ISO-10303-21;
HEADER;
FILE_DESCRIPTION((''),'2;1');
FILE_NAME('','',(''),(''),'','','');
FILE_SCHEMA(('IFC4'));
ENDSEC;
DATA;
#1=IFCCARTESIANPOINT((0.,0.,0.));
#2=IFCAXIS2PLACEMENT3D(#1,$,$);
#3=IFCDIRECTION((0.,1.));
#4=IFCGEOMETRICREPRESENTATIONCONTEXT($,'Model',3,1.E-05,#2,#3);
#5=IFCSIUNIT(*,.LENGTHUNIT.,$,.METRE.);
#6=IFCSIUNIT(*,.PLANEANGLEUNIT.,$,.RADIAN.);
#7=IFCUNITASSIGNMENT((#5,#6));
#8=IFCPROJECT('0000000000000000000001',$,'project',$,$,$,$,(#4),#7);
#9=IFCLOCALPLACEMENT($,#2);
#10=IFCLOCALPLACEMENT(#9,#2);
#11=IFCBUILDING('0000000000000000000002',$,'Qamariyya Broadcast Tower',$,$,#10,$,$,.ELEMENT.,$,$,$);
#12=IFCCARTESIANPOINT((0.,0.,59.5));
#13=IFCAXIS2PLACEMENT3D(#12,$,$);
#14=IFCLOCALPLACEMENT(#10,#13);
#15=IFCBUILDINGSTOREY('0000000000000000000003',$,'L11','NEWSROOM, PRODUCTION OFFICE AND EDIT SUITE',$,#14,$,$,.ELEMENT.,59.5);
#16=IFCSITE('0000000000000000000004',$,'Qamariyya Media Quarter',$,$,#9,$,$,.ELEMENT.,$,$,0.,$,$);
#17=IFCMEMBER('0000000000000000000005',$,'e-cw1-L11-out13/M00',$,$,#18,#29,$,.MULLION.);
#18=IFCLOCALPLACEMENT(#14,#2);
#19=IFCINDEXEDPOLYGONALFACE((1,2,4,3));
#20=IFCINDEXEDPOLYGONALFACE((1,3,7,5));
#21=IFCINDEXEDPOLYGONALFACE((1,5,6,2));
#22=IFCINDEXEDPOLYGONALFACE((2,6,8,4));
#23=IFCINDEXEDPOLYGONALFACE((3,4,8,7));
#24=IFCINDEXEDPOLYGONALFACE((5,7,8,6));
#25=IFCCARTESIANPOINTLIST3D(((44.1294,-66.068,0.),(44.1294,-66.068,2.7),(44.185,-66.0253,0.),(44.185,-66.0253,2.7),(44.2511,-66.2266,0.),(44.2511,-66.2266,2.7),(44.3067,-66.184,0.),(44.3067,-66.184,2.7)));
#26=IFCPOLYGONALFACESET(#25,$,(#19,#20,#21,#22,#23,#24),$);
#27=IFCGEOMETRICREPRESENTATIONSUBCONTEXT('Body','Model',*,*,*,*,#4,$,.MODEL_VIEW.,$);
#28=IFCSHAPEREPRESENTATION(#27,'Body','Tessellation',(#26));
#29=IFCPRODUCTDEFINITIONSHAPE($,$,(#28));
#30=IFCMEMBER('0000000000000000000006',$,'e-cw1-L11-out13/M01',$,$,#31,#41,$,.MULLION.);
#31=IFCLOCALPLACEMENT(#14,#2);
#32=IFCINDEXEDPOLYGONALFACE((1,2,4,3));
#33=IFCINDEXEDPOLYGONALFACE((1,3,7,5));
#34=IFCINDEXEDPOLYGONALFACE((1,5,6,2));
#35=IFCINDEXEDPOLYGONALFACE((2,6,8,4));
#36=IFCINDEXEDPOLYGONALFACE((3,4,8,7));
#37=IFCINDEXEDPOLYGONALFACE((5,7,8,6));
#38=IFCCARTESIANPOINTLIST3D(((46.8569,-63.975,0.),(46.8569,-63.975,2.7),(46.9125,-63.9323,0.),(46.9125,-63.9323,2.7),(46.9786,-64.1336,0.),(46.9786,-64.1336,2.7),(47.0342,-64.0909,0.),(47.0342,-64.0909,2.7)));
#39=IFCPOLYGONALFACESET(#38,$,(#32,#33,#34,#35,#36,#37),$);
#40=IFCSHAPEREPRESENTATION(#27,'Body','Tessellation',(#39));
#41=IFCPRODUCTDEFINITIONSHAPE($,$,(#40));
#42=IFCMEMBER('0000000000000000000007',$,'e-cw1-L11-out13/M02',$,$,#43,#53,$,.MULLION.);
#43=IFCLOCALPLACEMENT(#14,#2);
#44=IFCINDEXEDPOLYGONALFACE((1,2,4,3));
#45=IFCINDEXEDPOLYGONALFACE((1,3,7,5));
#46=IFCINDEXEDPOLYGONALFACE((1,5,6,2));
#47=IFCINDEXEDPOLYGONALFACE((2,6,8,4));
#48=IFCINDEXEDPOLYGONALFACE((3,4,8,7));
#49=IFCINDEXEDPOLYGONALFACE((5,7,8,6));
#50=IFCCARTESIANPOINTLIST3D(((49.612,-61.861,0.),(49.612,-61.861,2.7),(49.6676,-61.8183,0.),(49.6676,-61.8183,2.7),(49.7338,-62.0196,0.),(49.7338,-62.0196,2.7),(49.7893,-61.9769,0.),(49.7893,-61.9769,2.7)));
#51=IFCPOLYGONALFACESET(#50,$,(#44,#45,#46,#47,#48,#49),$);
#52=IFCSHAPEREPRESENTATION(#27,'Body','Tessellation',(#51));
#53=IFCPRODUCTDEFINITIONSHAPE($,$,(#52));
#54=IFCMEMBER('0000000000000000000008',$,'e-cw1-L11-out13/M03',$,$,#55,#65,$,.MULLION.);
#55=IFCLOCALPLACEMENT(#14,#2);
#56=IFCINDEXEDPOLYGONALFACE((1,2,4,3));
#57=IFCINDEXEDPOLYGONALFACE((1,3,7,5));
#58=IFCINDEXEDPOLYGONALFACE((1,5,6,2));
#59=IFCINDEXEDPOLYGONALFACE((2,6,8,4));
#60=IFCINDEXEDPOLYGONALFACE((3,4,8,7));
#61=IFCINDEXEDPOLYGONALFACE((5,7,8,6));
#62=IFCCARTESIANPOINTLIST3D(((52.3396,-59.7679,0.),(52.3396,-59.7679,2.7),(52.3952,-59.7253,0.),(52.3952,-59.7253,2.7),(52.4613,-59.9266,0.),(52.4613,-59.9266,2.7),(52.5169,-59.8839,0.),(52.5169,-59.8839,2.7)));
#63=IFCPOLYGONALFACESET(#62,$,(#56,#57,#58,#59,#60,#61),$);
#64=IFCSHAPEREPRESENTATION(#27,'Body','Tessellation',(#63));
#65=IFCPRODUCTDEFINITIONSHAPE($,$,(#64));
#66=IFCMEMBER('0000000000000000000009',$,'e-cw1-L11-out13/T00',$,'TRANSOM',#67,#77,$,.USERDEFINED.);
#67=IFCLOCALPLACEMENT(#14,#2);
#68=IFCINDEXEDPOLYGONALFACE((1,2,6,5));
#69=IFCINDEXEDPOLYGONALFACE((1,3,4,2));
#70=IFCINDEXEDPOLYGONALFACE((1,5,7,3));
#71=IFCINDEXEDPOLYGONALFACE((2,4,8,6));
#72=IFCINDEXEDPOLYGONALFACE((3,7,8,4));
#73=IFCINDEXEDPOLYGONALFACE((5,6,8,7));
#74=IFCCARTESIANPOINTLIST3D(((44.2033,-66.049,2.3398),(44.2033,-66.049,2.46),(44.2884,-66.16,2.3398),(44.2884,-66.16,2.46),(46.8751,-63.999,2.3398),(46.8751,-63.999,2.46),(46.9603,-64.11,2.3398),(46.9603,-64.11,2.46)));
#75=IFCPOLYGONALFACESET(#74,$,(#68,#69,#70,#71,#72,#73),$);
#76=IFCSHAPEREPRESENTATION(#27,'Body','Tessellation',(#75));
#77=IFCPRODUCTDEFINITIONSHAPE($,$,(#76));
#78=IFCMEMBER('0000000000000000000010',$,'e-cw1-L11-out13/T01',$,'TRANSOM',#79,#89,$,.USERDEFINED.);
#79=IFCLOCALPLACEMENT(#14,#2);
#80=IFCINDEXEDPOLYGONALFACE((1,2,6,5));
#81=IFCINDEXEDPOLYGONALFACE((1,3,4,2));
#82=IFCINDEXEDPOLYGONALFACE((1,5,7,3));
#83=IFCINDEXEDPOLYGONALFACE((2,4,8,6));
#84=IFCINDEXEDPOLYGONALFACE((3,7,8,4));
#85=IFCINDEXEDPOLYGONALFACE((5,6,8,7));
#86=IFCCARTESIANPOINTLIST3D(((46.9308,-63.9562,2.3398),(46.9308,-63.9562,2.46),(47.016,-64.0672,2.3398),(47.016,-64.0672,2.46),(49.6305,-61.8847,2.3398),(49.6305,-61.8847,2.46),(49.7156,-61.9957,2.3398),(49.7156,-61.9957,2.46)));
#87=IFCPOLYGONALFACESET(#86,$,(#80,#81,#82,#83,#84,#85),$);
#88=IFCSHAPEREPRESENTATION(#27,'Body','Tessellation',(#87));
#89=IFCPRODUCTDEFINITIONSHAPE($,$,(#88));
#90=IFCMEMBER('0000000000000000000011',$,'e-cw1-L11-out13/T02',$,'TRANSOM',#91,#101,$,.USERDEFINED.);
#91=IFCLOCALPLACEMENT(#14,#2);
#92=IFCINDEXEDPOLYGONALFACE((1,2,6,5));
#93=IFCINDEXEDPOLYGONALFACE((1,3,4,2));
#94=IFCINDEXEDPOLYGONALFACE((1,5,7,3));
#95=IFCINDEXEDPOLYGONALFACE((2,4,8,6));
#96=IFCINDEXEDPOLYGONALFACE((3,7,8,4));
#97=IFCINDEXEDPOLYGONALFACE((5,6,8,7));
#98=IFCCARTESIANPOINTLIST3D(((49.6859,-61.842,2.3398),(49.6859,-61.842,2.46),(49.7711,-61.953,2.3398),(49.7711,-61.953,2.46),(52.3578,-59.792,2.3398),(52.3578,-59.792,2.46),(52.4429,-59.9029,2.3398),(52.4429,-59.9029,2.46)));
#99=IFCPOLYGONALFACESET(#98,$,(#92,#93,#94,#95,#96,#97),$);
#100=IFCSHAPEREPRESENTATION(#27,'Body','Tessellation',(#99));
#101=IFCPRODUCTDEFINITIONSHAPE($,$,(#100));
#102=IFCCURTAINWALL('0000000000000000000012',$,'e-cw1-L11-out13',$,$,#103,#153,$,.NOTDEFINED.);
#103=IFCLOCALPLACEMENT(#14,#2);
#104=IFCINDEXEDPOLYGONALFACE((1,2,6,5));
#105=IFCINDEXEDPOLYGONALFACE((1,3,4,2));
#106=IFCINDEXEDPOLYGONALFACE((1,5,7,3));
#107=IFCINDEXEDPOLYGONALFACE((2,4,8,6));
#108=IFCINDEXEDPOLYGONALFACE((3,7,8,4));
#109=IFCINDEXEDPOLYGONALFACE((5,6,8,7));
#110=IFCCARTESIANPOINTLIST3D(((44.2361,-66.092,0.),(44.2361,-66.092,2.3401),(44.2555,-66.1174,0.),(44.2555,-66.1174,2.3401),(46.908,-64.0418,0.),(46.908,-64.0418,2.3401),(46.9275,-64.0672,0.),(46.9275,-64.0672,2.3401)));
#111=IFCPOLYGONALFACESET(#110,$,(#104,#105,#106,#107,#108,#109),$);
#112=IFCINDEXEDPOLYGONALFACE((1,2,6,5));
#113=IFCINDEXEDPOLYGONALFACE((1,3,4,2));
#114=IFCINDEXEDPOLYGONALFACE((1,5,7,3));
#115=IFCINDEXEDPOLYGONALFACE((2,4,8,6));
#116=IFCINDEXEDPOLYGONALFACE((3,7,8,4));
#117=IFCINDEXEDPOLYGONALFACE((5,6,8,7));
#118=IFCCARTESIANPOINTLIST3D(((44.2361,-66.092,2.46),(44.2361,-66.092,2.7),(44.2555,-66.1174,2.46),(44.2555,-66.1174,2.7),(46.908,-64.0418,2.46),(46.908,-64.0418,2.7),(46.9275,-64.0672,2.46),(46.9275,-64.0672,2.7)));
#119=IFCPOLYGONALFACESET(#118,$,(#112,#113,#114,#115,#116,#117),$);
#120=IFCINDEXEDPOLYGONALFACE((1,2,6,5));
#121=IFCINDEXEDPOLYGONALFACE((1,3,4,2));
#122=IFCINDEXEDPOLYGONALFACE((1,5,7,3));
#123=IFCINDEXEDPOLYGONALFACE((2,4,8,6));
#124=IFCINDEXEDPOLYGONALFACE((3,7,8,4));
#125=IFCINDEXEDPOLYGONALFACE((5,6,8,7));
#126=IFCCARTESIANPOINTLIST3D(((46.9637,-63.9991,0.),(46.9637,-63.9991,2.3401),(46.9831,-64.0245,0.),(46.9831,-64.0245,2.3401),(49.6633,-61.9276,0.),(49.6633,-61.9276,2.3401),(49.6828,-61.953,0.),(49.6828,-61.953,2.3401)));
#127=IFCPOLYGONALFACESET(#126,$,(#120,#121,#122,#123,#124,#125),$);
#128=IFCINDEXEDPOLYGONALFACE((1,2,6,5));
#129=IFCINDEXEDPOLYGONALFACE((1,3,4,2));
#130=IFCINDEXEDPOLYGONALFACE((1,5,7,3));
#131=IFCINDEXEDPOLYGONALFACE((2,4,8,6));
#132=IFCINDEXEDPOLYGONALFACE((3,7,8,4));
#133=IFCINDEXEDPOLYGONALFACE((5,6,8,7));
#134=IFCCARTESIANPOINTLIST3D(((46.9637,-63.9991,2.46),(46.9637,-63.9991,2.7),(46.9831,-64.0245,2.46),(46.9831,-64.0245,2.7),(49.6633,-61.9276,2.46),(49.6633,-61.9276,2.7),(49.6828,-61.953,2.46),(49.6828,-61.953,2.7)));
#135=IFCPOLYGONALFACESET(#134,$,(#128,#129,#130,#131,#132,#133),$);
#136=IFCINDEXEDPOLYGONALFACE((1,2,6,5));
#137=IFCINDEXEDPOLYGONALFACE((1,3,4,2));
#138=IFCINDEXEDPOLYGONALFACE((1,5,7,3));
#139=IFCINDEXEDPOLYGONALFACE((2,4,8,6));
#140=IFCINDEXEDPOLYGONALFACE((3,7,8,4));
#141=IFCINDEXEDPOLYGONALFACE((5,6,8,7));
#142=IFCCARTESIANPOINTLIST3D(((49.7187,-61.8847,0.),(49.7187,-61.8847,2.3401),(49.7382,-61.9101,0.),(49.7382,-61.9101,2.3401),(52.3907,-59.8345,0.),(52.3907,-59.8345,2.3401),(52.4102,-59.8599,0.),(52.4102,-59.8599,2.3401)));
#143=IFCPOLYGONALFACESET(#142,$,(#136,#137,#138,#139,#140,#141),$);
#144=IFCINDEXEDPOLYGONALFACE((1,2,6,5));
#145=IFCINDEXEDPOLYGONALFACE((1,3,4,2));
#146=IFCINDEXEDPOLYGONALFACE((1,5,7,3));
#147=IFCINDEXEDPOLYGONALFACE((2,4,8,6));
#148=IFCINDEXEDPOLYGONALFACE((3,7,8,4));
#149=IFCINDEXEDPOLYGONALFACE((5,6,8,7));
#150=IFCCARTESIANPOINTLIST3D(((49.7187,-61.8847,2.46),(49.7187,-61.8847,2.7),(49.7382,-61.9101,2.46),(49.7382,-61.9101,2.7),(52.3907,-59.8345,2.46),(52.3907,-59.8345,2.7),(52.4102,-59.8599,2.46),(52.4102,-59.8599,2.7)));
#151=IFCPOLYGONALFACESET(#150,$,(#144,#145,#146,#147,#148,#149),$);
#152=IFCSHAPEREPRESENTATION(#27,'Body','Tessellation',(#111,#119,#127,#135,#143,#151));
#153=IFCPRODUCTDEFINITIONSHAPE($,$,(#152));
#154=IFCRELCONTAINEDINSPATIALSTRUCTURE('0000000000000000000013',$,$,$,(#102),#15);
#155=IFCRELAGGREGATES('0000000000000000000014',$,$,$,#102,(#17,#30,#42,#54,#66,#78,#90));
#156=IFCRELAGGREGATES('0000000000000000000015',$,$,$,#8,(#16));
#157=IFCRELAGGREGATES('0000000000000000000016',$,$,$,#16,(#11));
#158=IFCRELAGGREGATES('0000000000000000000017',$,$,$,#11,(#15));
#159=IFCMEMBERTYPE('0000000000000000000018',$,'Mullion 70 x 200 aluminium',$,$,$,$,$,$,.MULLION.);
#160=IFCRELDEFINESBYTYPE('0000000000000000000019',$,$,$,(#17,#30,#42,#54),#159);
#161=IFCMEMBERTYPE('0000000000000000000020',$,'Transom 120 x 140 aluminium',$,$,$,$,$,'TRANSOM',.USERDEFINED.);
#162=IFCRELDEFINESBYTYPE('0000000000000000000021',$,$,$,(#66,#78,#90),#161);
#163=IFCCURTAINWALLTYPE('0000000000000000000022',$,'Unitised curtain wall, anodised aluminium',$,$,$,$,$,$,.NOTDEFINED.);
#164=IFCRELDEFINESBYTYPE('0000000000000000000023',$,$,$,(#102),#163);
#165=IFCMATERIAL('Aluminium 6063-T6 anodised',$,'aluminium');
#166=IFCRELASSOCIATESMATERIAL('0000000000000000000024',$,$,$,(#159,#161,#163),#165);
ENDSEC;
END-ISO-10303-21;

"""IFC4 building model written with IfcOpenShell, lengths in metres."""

from ifc_helpers import new_model, si_unit, direction, frame, origin, origin_2d, place, context, subcontext, project, spatial, rectangle, extrude, material, material_profile, profile_set, type_object, element, aggregate, save


model = new_model("IFC4")

# Units and contexts
model_context = context("Model", 3, precision=1e-05, world=origin(), true_north=direction((0.0, 1.0)))
body_context = subcontext(model_context, "Body", "Model", "MODEL_VIEW")
ifc_project = project(units=[si_unit("LENGTHUNIT", "METRE"), si_unit("PLANEANGLEUNIT", "RADIAN")], contexts=[model_context])

# Members
ifc_material = material(Name="Aluminium 6063-T6 anodised", Category="aluminium")
ifc_material_profile_1 = material_profile(ifc_material, rectangle(XDim=0.2, YDim=0.0701, at=origin_2d()))
ifc_profile_set_1 = profile_set([ifc_material_profile_1], Name="Aluminium 6063-T6 anodised")
member_type_1 = type_object("IfcMemberType", Name="Mullion 70 x 200 aluminium", PredefinedType="MULLION", material=ifc_profile_set_1)
site_placement = place(None, origin())
building_placement = place(site_placement, origin())
storey_placement = place(building_placement, frame((0.0, 0.0, 59.5)))
member_1_placement = place(storey_placement, frame((44.218, -66.126, 0.0), z_axis=(0.0, 0.0, 1.0), x_axis=(-0.608761, 0.793353, 0.0)))
member_1 = element("IfcMember", 1, at=member_1_placement, type_object=member_type_1, Name="e-cw1-L11-out13/M00", PredefinedType="MULLION", context=body_context, shape_type="SweptSolid", body=[
    extrude(rectangle(XDim=0.2, YDim=0.0701, at=origin_2d()), origin(), (0.0, 0.0, 1.0), 2.7),
])
member_2_placement = place(storey_placement, frame((46.9456, -64.033, 0.0), z_axis=(0.0, 0.0, 1.0), x_axis=(-0.608761, 0.793353, 0.0)))
member_2 = element("IfcMember", 2, at=member_2_placement, type_object=member_type_1, Name="e-cw1-L11-out13/M01", PredefinedType="MULLION", context=body_context, shape_type="SweptSolid", body=[
    extrude(rectangle(XDim=0.2, YDim=0.0701, at=origin_2d()), origin(), (0.0, 0.0, 1.0), 2.7),
])
member_3_placement = place(storey_placement, frame((49.7007, -61.9189, 0.0), z_axis=(0.0, 0.0, 1.0), x_axis=(-0.608761, 0.793353, 0.0)))
member_3 = element("IfcMember", 3, at=member_3_placement, type_object=member_type_1, Name="e-cw1-L11-out13/M02", PredefinedType="MULLION", context=body_context, shape_type="SweptSolid", body=[
    extrude(rectangle(XDim=0.2, YDim=0.0701, at=origin_2d()), origin(), (0.0, 0.0, 1.0), 2.7),
])
member_4_placement = place(storey_placement, frame((52.4282, -59.8259, 0.0), z_axis=(0.0, 0.0, 1.0), x_axis=(-0.608761, 0.793353, 0.0)))
member_4 = element("IfcMember", 4, at=member_4_placement, type_object=member_type_1, Name="e-cw1-L11-out13/M03", PredefinedType="MULLION", context=body_context, shape_type="SweptSolid", body=[
    extrude(rectangle(XDim=0.2, YDim=0.0701, at=origin_2d()), origin(), (0.0, 0.0, 1.0), 2.7),
])
ifc_material_profile_2 = material_profile(ifc_material, rectangle(XDim=0.1399, YDim=0.1201, at=origin_2d()))
ifc_profile_set_2 = profile_set([ifc_material_profile_2], Name="Aluminium 6063-T6 anodised")
member_type_2 = type_object("IfcMemberType", Name="Transom 120 x 140 aluminium", ElementType="TRANSOM", PredefinedType="USERDEFINED", material=ifc_profile_set_2)
member_5_placement = place(storey_placement, frame((44.2458, -66.1045, 2.3999), z_axis=(0.793375, 0.608733, 0.0), x_axis=(-0.608733, 0.793375, 0.0)))
member_5 = element("IfcMember", 5, at=member_5_placement, type_object=member_type_2, Name="e-cw1-L11-out13/T00", ObjectType="TRANSOM", PredefinedType="USERDEFINED", context=body_context, shape_type="SweptSolid", body=[
    extrude(rectangle(XDim=0.1399, YDim=0.1201, at=origin_2d()), origin(), (0.0, 0.0, 1.0), 3.3677),
])
member_6_placement = place(storey_placement, frame((46.9734, -64.0117, 2.3999), z_axis=(0.793357, 0.608757, 0.0), x_axis=(-0.608757, 0.793357, 0.0)))
member_6 = element("IfcMember", 6, at=member_6_placement, type_object=member_type_2, Name="e-cw1-L11-out13/T01", ObjectType="TRANSOM", PredefinedType="USERDEFINED", context=body_context, shape_type="SweptSolid", body=[
    extrude(rectangle(XDim=0.1399, YDim=0.1201, at=origin_2d()), origin(), (0.0, 0.0, 1.0), 3.4028),
])
member_7_placement = place(storey_placement, frame((49.7285, -61.8975, 2.3999), z_axis=(0.793375, 0.608733, 0.0), x_axis=(-0.608733, 0.793375, 0.0)))
member_7 = element("IfcMember", 7, at=member_7_placement, type_object=member_type_2, Name="e-cw1-L11-out13/T02", ObjectType="TRANSOM", PredefinedType="USERDEFINED", context=body_context, shape_type="SweptSolid", body=[
    extrude(rectangle(XDim=0.1399, YDim=0.1201, at=origin_2d()), origin(), (0.0, 0.0, 1.0), 3.3677),
])

# Site, building, storey
site = spatial("IfcSite", under=ifc_project, at=site_placement, Name="Qamariyya Media Quarter", CompositionType="ELEMENT", RefElevation=0.0)
building = spatial("IfcBuilding", under=site, at=building_placement, Name="Qamariyya Broadcast Tower", CompositionType="ELEMENT")
storey = spatial("IfcBuildingStorey", under=building, at=storey_placement, Name="L11", Description="NEWSROOM, PRODUCTION OFFICE AND EDIT SUITE", CompositionType="ELEMENT", Elevation=59.5)

# Curtain wall
curtain_wall_type = type_object("IfcCurtainWallType", Name="Unitised curtain wall, anodised aluminium", PredefinedType="NOTDEFINED", material=ifc_material)
curtain_wall_1_placement = place(storey_placement, origin())
curtain_wall_1 = element("IfcCurtainWall", 8, at=curtain_wall_1_placement, inside=storey, type_object=curtain_wall_type, Name="e-cw1-L11-out13", PredefinedType="NOTDEFINED", context=body_context, shape_type="SweptSolid", body=[
    extrude(rectangle(XDim=3.3679, YDim=0.032, at=origin_2d()), frame((45.5818, -65.0796, 0.0), x_axis=(0.793358, 0.608756, 0.0)), (0.0, 0.0, 1.0), 2.3401),
    extrude(rectangle(XDim=3.3679, YDim=0.032, at=origin_2d()), frame((45.5818, -65.0796, 2.46), x_axis=(0.793358, 0.608756, 0.0)), (0.0, 0.0, 1.0), 0.24),
    extrude(rectangle(XDim=3.4028, YDim=0.032, at=origin_2d()), frame((48.3232, -62.9761, 0.0), x_axis=(0.793358, 0.608756, 0.0)), (0.0, 0.0, 1.0), 2.3401),
    extrude(rectangle(XDim=3.4028, YDim=0.032, at=origin_2d()), frame((48.3232, -62.9761, 2.46), x_axis=(0.793358, 0.608756, 0.0)), (0.0, 0.0, 1.0), 0.24),
    extrude(rectangle(XDim=3.3679, YDim=0.032, at=origin_2d()), frame((51.0645, -60.8723, 0.0), x_axis=(0.793358, 0.608756, 0.0)), (0.0, 0.0, 1.0), 2.3401),
    extrude(rectangle(XDim=3.3679, YDim=0.032, at=origin_2d()), frame((51.0645, -60.8723, 2.46), x_axis=(0.793358, 0.608756, 0.0)), (0.0, 0.0, 1.0), 0.24),
])
aggregate(curtain_wall_1, [member_1, member_2, member_3, member_4, member_5, member_6, member_7])

save(model, "model.ifc")
